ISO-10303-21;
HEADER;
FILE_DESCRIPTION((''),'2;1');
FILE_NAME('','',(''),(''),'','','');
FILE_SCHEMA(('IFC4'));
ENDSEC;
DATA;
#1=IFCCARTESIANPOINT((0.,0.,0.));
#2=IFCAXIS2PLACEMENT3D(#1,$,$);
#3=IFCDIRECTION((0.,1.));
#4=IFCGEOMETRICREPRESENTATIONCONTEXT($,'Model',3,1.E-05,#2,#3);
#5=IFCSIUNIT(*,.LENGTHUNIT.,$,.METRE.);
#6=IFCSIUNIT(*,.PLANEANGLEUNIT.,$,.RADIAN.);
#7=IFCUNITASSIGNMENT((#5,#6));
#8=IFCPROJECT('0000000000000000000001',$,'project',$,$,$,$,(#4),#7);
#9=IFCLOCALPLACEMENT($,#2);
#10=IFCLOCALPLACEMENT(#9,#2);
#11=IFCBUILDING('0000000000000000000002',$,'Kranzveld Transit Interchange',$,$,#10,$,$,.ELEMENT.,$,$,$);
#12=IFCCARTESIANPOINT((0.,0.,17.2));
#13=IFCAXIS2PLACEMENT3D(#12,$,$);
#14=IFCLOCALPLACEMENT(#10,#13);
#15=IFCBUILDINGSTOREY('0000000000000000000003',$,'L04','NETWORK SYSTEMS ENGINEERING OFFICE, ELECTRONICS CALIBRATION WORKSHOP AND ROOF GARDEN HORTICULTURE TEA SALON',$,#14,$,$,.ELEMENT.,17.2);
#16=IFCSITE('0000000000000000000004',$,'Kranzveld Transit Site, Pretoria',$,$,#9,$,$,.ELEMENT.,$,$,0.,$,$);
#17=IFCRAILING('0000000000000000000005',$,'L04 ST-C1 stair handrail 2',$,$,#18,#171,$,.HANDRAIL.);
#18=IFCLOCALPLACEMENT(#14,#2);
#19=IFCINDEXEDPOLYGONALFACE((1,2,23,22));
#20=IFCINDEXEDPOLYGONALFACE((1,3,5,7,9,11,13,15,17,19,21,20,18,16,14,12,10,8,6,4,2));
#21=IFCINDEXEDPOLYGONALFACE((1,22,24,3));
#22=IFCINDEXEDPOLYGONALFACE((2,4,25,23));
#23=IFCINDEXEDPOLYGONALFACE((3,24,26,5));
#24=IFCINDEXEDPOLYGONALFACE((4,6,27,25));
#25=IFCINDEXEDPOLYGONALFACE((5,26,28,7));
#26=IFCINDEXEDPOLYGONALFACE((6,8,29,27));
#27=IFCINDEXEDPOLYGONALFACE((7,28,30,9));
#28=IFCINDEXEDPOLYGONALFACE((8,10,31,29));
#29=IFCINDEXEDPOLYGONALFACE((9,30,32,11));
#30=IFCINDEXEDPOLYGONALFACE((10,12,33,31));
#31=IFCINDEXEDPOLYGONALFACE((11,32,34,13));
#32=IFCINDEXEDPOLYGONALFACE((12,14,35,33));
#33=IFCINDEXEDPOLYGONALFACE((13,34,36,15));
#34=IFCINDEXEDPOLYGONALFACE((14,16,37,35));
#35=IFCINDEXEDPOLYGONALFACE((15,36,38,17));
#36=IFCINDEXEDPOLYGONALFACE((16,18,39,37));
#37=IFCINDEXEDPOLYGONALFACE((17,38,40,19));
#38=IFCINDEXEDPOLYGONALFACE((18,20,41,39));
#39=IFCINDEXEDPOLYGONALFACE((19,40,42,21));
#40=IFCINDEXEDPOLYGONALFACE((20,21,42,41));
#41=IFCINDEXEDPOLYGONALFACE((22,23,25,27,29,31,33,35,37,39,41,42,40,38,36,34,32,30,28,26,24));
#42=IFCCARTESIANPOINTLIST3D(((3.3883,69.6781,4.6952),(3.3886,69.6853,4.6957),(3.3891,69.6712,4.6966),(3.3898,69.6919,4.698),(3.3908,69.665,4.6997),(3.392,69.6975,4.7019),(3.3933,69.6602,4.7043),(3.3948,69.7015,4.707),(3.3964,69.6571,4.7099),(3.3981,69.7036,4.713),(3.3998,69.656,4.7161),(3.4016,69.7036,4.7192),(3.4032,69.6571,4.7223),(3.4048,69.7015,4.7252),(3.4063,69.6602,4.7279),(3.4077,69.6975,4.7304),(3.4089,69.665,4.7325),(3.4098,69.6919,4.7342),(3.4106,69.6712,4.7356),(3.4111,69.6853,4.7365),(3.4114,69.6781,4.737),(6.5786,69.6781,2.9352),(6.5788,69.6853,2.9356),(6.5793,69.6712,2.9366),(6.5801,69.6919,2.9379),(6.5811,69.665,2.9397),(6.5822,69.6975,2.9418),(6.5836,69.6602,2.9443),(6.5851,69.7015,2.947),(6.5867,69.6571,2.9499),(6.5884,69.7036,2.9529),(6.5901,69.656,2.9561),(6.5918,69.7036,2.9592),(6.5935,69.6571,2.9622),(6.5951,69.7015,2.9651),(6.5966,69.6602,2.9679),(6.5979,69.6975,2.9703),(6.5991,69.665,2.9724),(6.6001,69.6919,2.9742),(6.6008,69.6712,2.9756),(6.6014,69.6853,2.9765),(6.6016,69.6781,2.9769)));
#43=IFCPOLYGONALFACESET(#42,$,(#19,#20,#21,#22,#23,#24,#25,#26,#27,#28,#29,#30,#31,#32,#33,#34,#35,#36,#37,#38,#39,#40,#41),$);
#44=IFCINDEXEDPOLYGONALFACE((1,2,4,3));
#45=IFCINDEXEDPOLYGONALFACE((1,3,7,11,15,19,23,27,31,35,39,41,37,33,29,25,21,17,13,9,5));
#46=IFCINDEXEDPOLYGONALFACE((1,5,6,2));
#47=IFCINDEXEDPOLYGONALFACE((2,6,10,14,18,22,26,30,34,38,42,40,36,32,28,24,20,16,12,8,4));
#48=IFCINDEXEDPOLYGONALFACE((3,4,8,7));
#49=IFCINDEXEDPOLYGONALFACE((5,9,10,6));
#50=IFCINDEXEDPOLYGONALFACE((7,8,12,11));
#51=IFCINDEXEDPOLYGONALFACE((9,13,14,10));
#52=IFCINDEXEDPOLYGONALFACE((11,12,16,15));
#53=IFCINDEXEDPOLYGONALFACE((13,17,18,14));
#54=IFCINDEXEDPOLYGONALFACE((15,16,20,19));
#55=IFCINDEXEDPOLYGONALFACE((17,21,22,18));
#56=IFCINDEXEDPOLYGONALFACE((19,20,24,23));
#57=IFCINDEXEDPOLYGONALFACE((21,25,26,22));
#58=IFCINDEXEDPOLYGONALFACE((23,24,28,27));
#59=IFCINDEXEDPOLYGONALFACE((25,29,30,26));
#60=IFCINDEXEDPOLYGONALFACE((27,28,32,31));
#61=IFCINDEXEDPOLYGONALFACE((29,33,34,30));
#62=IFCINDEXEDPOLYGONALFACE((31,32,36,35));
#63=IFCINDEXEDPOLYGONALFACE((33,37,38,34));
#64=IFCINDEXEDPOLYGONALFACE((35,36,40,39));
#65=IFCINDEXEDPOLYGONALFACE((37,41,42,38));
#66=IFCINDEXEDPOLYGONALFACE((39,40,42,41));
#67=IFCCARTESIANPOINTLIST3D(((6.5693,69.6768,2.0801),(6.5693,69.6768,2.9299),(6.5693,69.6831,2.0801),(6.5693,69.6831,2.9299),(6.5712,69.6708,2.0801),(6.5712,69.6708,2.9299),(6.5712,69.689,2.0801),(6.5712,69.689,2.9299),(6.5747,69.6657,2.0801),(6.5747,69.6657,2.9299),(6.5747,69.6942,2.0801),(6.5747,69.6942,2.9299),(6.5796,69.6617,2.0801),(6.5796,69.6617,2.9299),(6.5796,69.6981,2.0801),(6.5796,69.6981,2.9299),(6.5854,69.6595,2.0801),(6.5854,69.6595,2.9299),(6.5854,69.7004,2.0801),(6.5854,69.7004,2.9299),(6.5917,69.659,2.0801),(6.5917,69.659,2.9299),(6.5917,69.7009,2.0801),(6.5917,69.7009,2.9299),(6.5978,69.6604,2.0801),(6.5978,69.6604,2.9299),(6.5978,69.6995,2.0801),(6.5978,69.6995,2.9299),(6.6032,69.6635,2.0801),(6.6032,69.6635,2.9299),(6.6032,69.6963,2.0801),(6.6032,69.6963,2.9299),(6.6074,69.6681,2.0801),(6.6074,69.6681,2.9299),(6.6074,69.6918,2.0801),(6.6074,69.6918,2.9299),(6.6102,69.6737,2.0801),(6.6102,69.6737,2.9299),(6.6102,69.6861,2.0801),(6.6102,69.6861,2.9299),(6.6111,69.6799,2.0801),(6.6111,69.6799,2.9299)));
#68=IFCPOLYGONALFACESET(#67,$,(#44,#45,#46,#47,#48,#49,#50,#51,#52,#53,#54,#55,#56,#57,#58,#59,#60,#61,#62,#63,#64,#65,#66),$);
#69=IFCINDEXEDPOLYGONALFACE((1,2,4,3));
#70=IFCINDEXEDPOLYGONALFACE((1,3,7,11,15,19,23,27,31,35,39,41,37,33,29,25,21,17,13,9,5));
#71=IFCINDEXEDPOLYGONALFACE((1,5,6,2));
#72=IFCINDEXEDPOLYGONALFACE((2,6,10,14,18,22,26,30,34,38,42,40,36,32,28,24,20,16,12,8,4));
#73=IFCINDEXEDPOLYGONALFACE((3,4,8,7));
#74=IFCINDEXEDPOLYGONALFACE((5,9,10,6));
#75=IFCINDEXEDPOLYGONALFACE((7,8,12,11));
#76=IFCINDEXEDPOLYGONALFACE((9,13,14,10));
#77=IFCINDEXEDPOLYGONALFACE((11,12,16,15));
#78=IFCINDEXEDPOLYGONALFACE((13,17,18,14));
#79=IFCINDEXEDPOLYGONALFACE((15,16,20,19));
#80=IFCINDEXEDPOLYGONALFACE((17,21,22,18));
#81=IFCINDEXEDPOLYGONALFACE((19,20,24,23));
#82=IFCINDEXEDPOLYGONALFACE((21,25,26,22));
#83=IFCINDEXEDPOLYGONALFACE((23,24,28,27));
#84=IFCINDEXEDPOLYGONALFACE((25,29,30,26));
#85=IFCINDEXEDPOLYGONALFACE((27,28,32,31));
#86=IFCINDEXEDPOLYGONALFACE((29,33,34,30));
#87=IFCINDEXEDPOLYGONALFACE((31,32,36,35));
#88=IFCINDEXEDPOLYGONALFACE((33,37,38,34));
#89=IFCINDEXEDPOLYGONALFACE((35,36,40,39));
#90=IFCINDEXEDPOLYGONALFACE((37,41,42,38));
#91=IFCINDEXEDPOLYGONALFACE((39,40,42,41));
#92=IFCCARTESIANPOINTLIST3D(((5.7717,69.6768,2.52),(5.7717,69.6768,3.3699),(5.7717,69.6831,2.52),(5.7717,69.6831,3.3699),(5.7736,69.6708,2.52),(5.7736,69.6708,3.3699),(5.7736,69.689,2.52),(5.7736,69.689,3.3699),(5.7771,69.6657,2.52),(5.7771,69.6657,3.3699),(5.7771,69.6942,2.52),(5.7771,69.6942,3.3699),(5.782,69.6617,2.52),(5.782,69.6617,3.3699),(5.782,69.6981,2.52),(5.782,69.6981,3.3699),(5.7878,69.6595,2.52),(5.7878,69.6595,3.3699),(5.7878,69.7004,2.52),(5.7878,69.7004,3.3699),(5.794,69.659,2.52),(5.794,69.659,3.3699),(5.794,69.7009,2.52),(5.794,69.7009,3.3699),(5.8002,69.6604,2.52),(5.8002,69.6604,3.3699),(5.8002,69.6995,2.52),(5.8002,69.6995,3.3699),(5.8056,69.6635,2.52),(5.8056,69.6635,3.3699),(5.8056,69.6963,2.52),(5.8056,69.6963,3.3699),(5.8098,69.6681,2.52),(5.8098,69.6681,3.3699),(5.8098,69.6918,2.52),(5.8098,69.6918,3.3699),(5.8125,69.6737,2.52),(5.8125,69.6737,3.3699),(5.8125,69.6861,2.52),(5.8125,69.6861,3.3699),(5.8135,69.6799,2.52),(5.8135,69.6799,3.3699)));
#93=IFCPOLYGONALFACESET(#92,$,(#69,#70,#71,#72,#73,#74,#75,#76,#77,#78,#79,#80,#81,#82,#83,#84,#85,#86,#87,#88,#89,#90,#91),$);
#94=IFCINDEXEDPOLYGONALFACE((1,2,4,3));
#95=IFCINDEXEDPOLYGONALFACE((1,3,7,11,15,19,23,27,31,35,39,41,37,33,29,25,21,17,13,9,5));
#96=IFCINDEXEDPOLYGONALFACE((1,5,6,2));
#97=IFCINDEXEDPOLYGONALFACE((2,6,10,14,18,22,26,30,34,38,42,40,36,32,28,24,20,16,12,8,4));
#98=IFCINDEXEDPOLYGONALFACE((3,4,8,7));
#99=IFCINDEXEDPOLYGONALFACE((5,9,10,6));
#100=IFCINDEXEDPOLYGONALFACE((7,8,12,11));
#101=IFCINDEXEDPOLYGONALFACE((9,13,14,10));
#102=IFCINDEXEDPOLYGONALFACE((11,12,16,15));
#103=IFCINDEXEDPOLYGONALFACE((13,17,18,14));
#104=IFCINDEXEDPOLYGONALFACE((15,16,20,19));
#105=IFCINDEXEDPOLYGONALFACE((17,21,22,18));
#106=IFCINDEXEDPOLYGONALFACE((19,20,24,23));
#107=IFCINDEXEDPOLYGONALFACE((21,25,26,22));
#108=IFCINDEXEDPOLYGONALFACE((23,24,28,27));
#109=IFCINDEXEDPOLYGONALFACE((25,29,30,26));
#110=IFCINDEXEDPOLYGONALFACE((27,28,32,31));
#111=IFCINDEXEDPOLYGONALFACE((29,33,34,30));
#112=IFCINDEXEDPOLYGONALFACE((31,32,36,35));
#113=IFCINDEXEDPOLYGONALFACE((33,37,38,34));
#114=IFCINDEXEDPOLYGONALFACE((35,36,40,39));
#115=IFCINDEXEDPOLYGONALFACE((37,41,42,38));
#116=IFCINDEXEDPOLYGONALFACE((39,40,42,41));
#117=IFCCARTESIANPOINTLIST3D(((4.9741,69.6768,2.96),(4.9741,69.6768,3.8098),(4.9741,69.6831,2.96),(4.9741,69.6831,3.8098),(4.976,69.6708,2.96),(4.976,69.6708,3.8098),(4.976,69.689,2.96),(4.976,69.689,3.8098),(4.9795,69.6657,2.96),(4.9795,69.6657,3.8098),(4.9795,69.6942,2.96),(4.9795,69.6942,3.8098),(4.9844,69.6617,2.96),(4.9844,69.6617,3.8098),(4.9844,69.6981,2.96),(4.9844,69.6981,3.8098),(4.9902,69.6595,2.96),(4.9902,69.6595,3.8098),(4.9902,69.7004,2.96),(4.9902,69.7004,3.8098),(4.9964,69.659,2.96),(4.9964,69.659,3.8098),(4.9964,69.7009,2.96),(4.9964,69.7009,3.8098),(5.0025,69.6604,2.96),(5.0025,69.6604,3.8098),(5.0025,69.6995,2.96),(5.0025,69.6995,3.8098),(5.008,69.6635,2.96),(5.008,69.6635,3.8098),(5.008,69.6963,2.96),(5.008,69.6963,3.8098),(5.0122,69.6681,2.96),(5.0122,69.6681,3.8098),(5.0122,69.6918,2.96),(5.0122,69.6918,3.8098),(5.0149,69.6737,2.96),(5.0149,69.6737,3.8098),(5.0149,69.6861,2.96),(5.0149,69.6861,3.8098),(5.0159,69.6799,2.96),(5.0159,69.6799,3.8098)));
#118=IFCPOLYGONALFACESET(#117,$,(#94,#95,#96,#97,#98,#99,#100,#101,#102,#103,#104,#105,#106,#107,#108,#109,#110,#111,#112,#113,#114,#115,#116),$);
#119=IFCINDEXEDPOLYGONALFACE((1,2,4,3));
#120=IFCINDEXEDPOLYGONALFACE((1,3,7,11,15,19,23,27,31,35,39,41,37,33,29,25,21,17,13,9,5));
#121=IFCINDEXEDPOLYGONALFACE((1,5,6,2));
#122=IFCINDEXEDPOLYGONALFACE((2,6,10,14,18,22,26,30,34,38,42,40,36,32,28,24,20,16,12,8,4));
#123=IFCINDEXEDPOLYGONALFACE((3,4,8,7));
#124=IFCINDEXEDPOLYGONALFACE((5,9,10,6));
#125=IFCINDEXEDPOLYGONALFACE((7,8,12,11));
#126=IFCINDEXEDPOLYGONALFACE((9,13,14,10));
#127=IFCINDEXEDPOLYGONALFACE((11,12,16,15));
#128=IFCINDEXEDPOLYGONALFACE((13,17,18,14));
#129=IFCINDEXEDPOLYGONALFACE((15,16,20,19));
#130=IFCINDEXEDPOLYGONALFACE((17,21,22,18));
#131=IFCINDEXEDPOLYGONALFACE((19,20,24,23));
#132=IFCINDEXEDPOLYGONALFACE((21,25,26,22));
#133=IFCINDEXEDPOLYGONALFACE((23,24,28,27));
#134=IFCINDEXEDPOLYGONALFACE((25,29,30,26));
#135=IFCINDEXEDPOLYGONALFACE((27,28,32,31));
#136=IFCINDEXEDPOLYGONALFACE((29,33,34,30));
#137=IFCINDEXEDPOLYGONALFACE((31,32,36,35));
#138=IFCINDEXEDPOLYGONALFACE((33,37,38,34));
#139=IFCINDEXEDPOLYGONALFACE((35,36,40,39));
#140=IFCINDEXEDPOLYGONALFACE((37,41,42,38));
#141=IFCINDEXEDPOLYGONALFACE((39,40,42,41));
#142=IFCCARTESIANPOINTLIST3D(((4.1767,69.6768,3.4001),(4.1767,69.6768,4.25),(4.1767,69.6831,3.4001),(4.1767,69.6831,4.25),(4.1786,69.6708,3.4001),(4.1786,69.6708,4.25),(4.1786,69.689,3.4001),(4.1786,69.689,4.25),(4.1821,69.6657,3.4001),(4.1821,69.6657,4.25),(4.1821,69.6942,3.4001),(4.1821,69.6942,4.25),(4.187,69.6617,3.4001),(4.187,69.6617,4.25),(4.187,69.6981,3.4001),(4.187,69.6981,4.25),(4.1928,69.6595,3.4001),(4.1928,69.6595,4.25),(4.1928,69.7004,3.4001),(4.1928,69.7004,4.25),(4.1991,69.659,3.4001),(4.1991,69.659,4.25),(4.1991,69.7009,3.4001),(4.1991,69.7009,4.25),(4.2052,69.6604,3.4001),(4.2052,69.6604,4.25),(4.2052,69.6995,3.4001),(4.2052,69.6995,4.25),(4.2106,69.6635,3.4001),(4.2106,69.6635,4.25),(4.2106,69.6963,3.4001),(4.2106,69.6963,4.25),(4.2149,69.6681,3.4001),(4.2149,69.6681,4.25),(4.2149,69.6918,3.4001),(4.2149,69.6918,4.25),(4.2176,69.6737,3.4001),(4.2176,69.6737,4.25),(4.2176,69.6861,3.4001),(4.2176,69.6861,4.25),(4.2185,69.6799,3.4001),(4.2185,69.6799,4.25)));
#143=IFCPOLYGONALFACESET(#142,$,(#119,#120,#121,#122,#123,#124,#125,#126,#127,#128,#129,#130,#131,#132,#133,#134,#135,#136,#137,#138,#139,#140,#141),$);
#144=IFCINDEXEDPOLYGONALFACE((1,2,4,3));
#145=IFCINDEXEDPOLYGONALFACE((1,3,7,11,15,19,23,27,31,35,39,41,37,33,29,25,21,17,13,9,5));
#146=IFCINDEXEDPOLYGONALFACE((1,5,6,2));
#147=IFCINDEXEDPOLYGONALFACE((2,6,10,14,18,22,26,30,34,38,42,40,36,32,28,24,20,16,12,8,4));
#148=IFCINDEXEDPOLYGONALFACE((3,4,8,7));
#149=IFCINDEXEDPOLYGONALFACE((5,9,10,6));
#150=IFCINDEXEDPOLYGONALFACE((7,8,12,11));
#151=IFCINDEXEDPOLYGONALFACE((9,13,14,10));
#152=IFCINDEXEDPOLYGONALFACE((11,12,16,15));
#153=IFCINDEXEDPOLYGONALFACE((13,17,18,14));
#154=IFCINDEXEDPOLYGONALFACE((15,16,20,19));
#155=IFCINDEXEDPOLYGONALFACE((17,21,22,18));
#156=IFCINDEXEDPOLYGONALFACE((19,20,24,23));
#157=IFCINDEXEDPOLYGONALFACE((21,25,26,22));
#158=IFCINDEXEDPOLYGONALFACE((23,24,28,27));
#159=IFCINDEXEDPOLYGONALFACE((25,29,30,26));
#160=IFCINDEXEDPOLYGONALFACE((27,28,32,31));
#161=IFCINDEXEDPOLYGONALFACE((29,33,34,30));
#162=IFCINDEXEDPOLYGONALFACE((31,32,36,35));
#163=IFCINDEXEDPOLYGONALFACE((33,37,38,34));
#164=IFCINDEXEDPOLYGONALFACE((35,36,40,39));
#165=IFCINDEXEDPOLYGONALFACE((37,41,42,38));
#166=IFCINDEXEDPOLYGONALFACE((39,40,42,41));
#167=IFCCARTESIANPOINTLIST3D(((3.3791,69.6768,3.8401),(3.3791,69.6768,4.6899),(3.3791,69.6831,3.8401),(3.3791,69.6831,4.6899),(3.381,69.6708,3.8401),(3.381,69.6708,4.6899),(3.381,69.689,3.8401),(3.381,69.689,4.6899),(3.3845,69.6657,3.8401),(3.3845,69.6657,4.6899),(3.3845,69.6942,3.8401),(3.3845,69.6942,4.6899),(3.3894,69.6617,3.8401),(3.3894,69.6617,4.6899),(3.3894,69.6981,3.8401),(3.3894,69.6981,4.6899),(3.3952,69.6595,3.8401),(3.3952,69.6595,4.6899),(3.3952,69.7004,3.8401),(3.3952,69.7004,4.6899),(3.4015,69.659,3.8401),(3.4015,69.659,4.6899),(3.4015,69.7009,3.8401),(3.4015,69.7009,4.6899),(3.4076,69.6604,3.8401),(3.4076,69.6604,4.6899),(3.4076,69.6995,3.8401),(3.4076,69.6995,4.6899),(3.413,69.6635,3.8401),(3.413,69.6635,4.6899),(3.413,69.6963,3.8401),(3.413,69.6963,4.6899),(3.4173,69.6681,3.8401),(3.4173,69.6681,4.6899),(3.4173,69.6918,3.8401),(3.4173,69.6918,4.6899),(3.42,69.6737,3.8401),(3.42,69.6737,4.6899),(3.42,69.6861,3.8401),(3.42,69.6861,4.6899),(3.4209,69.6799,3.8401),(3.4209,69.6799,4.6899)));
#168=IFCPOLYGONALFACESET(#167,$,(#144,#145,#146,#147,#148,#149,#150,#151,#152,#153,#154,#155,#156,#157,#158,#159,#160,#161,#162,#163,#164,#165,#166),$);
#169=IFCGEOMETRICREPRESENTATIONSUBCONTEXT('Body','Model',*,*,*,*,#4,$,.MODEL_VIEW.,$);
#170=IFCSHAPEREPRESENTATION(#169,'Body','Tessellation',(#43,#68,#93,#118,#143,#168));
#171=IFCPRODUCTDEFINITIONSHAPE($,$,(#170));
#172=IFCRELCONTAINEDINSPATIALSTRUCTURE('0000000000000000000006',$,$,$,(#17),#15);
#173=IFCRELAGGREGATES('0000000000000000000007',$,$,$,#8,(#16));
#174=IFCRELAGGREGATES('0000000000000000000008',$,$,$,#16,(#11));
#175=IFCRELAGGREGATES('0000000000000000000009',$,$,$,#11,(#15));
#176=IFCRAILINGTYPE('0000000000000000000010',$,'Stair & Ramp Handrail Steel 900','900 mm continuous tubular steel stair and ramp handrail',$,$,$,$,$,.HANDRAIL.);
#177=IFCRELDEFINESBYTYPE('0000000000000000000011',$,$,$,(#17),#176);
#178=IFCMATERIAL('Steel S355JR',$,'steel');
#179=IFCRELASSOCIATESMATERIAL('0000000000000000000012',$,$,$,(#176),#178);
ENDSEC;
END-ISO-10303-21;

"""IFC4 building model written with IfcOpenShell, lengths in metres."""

from ifc_helpers import new_model, si_unit, direction, frame, origin, origin_2d, place, context, subcontext, project, spatial, circle, extrude, material, type_object, element, save


model = new_model("IFC4")

# Units and contexts
model_context = context("Model", 3, precision=1e-05, world=origin(), true_north=direction((0.0, 1.0)))
body_context = subcontext(model_context, "Body", "Model", "MODEL_VIEW")
ifc_project = project(units=[si_unit("LENGTHUNIT", "METRE"), si_unit("PLANEANGLEUNIT", "RADIAN")], contexts=[model_context])

# Site, building, storey
site_placement = place(None, origin())
site = spatial("IfcSite", under=ifc_project, at=site_placement, Name="Kranzveld Transit Site, Pretoria", CompositionType="ELEMENT", RefElevation=0.0)
building_placement = place(site_placement, origin())
building = spatial("IfcBuilding", under=site, at=building_placement, Name="Kranzveld Transit Interchange", CompositionType="ELEMENT")
storey_placement = place(building_placement, frame((0.0, 0.0, 17.2)))
storey = spatial("IfcBuildingStorey", under=building, at=storey_placement, Name="L04", Description="NETWORK SYSTEMS ENGINEERING OFFICE, ELECTRONICS CALIBRATION WORKSHOP AND ROOF GARDEN HORTICULTURE TEA SALON", CompositionType="ELEMENT", Elevation=17.2)

# Railing
ifc_material_1 = material(Name="Steel S355JR", Category="steel")
railing_type_1 = type_object("IfcRailingType", Name="Stair & Ramp Handrail Steel 900", Description="900 mm continuous tubular steel stair and ramp handrail", PredefinedType="HANDRAIL", material=ifc_material_1)
railing_1_placement = place(storey_placement, frame((6.5901, 69.6799, 2.0801)))
element("IfcRailing", 1, at=railing_1_placement, inside=storey, type_object=railing_type_1, Name="L04 ST-C1 stair handrail 2", PredefinedType="HANDRAIL", context=body_context, shape_type="SweptSolid", body=[
    extrude(circle(Radius=0.0239, at=origin_2d()), frame((0.0, 0.0, 0.876), z_axis=(-0.875588, 0.0, 0.483058), x_axis=(0.0, -1.0, 0.0)), (0.0, 0.0, 1.0), 3.6436),
    extrude(circle(Radius=0.021, at=origin_2d()), origin(), (0.0, 0.0, 1.0), 0.8499),
    extrude(circle(Radius=0.021, at=origin_2d()), frame((-0.7976, 0.0, 0.4399)), (0.0, 0.0, 1.0), 0.8499),
    extrude(circle(Radius=0.021, at=origin_2d()), frame((-1.5952, 0.0, 0.8799)), (0.0, 0.0, 1.0), 0.8499),
    extrude(circle(Radius=0.021, at=origin_2d()), frame((-2.3926, 0.0, 1.3201)), (0.0, 0.0, 1.0), 0.8499),
    extrude(circle(Radius=0.021, at=origin_2d()), frame((-3.1902, 0.0, 1.76)), (0.0, 0.0, 1.0), 0.8499),
])

save(model, "model.ifc")
